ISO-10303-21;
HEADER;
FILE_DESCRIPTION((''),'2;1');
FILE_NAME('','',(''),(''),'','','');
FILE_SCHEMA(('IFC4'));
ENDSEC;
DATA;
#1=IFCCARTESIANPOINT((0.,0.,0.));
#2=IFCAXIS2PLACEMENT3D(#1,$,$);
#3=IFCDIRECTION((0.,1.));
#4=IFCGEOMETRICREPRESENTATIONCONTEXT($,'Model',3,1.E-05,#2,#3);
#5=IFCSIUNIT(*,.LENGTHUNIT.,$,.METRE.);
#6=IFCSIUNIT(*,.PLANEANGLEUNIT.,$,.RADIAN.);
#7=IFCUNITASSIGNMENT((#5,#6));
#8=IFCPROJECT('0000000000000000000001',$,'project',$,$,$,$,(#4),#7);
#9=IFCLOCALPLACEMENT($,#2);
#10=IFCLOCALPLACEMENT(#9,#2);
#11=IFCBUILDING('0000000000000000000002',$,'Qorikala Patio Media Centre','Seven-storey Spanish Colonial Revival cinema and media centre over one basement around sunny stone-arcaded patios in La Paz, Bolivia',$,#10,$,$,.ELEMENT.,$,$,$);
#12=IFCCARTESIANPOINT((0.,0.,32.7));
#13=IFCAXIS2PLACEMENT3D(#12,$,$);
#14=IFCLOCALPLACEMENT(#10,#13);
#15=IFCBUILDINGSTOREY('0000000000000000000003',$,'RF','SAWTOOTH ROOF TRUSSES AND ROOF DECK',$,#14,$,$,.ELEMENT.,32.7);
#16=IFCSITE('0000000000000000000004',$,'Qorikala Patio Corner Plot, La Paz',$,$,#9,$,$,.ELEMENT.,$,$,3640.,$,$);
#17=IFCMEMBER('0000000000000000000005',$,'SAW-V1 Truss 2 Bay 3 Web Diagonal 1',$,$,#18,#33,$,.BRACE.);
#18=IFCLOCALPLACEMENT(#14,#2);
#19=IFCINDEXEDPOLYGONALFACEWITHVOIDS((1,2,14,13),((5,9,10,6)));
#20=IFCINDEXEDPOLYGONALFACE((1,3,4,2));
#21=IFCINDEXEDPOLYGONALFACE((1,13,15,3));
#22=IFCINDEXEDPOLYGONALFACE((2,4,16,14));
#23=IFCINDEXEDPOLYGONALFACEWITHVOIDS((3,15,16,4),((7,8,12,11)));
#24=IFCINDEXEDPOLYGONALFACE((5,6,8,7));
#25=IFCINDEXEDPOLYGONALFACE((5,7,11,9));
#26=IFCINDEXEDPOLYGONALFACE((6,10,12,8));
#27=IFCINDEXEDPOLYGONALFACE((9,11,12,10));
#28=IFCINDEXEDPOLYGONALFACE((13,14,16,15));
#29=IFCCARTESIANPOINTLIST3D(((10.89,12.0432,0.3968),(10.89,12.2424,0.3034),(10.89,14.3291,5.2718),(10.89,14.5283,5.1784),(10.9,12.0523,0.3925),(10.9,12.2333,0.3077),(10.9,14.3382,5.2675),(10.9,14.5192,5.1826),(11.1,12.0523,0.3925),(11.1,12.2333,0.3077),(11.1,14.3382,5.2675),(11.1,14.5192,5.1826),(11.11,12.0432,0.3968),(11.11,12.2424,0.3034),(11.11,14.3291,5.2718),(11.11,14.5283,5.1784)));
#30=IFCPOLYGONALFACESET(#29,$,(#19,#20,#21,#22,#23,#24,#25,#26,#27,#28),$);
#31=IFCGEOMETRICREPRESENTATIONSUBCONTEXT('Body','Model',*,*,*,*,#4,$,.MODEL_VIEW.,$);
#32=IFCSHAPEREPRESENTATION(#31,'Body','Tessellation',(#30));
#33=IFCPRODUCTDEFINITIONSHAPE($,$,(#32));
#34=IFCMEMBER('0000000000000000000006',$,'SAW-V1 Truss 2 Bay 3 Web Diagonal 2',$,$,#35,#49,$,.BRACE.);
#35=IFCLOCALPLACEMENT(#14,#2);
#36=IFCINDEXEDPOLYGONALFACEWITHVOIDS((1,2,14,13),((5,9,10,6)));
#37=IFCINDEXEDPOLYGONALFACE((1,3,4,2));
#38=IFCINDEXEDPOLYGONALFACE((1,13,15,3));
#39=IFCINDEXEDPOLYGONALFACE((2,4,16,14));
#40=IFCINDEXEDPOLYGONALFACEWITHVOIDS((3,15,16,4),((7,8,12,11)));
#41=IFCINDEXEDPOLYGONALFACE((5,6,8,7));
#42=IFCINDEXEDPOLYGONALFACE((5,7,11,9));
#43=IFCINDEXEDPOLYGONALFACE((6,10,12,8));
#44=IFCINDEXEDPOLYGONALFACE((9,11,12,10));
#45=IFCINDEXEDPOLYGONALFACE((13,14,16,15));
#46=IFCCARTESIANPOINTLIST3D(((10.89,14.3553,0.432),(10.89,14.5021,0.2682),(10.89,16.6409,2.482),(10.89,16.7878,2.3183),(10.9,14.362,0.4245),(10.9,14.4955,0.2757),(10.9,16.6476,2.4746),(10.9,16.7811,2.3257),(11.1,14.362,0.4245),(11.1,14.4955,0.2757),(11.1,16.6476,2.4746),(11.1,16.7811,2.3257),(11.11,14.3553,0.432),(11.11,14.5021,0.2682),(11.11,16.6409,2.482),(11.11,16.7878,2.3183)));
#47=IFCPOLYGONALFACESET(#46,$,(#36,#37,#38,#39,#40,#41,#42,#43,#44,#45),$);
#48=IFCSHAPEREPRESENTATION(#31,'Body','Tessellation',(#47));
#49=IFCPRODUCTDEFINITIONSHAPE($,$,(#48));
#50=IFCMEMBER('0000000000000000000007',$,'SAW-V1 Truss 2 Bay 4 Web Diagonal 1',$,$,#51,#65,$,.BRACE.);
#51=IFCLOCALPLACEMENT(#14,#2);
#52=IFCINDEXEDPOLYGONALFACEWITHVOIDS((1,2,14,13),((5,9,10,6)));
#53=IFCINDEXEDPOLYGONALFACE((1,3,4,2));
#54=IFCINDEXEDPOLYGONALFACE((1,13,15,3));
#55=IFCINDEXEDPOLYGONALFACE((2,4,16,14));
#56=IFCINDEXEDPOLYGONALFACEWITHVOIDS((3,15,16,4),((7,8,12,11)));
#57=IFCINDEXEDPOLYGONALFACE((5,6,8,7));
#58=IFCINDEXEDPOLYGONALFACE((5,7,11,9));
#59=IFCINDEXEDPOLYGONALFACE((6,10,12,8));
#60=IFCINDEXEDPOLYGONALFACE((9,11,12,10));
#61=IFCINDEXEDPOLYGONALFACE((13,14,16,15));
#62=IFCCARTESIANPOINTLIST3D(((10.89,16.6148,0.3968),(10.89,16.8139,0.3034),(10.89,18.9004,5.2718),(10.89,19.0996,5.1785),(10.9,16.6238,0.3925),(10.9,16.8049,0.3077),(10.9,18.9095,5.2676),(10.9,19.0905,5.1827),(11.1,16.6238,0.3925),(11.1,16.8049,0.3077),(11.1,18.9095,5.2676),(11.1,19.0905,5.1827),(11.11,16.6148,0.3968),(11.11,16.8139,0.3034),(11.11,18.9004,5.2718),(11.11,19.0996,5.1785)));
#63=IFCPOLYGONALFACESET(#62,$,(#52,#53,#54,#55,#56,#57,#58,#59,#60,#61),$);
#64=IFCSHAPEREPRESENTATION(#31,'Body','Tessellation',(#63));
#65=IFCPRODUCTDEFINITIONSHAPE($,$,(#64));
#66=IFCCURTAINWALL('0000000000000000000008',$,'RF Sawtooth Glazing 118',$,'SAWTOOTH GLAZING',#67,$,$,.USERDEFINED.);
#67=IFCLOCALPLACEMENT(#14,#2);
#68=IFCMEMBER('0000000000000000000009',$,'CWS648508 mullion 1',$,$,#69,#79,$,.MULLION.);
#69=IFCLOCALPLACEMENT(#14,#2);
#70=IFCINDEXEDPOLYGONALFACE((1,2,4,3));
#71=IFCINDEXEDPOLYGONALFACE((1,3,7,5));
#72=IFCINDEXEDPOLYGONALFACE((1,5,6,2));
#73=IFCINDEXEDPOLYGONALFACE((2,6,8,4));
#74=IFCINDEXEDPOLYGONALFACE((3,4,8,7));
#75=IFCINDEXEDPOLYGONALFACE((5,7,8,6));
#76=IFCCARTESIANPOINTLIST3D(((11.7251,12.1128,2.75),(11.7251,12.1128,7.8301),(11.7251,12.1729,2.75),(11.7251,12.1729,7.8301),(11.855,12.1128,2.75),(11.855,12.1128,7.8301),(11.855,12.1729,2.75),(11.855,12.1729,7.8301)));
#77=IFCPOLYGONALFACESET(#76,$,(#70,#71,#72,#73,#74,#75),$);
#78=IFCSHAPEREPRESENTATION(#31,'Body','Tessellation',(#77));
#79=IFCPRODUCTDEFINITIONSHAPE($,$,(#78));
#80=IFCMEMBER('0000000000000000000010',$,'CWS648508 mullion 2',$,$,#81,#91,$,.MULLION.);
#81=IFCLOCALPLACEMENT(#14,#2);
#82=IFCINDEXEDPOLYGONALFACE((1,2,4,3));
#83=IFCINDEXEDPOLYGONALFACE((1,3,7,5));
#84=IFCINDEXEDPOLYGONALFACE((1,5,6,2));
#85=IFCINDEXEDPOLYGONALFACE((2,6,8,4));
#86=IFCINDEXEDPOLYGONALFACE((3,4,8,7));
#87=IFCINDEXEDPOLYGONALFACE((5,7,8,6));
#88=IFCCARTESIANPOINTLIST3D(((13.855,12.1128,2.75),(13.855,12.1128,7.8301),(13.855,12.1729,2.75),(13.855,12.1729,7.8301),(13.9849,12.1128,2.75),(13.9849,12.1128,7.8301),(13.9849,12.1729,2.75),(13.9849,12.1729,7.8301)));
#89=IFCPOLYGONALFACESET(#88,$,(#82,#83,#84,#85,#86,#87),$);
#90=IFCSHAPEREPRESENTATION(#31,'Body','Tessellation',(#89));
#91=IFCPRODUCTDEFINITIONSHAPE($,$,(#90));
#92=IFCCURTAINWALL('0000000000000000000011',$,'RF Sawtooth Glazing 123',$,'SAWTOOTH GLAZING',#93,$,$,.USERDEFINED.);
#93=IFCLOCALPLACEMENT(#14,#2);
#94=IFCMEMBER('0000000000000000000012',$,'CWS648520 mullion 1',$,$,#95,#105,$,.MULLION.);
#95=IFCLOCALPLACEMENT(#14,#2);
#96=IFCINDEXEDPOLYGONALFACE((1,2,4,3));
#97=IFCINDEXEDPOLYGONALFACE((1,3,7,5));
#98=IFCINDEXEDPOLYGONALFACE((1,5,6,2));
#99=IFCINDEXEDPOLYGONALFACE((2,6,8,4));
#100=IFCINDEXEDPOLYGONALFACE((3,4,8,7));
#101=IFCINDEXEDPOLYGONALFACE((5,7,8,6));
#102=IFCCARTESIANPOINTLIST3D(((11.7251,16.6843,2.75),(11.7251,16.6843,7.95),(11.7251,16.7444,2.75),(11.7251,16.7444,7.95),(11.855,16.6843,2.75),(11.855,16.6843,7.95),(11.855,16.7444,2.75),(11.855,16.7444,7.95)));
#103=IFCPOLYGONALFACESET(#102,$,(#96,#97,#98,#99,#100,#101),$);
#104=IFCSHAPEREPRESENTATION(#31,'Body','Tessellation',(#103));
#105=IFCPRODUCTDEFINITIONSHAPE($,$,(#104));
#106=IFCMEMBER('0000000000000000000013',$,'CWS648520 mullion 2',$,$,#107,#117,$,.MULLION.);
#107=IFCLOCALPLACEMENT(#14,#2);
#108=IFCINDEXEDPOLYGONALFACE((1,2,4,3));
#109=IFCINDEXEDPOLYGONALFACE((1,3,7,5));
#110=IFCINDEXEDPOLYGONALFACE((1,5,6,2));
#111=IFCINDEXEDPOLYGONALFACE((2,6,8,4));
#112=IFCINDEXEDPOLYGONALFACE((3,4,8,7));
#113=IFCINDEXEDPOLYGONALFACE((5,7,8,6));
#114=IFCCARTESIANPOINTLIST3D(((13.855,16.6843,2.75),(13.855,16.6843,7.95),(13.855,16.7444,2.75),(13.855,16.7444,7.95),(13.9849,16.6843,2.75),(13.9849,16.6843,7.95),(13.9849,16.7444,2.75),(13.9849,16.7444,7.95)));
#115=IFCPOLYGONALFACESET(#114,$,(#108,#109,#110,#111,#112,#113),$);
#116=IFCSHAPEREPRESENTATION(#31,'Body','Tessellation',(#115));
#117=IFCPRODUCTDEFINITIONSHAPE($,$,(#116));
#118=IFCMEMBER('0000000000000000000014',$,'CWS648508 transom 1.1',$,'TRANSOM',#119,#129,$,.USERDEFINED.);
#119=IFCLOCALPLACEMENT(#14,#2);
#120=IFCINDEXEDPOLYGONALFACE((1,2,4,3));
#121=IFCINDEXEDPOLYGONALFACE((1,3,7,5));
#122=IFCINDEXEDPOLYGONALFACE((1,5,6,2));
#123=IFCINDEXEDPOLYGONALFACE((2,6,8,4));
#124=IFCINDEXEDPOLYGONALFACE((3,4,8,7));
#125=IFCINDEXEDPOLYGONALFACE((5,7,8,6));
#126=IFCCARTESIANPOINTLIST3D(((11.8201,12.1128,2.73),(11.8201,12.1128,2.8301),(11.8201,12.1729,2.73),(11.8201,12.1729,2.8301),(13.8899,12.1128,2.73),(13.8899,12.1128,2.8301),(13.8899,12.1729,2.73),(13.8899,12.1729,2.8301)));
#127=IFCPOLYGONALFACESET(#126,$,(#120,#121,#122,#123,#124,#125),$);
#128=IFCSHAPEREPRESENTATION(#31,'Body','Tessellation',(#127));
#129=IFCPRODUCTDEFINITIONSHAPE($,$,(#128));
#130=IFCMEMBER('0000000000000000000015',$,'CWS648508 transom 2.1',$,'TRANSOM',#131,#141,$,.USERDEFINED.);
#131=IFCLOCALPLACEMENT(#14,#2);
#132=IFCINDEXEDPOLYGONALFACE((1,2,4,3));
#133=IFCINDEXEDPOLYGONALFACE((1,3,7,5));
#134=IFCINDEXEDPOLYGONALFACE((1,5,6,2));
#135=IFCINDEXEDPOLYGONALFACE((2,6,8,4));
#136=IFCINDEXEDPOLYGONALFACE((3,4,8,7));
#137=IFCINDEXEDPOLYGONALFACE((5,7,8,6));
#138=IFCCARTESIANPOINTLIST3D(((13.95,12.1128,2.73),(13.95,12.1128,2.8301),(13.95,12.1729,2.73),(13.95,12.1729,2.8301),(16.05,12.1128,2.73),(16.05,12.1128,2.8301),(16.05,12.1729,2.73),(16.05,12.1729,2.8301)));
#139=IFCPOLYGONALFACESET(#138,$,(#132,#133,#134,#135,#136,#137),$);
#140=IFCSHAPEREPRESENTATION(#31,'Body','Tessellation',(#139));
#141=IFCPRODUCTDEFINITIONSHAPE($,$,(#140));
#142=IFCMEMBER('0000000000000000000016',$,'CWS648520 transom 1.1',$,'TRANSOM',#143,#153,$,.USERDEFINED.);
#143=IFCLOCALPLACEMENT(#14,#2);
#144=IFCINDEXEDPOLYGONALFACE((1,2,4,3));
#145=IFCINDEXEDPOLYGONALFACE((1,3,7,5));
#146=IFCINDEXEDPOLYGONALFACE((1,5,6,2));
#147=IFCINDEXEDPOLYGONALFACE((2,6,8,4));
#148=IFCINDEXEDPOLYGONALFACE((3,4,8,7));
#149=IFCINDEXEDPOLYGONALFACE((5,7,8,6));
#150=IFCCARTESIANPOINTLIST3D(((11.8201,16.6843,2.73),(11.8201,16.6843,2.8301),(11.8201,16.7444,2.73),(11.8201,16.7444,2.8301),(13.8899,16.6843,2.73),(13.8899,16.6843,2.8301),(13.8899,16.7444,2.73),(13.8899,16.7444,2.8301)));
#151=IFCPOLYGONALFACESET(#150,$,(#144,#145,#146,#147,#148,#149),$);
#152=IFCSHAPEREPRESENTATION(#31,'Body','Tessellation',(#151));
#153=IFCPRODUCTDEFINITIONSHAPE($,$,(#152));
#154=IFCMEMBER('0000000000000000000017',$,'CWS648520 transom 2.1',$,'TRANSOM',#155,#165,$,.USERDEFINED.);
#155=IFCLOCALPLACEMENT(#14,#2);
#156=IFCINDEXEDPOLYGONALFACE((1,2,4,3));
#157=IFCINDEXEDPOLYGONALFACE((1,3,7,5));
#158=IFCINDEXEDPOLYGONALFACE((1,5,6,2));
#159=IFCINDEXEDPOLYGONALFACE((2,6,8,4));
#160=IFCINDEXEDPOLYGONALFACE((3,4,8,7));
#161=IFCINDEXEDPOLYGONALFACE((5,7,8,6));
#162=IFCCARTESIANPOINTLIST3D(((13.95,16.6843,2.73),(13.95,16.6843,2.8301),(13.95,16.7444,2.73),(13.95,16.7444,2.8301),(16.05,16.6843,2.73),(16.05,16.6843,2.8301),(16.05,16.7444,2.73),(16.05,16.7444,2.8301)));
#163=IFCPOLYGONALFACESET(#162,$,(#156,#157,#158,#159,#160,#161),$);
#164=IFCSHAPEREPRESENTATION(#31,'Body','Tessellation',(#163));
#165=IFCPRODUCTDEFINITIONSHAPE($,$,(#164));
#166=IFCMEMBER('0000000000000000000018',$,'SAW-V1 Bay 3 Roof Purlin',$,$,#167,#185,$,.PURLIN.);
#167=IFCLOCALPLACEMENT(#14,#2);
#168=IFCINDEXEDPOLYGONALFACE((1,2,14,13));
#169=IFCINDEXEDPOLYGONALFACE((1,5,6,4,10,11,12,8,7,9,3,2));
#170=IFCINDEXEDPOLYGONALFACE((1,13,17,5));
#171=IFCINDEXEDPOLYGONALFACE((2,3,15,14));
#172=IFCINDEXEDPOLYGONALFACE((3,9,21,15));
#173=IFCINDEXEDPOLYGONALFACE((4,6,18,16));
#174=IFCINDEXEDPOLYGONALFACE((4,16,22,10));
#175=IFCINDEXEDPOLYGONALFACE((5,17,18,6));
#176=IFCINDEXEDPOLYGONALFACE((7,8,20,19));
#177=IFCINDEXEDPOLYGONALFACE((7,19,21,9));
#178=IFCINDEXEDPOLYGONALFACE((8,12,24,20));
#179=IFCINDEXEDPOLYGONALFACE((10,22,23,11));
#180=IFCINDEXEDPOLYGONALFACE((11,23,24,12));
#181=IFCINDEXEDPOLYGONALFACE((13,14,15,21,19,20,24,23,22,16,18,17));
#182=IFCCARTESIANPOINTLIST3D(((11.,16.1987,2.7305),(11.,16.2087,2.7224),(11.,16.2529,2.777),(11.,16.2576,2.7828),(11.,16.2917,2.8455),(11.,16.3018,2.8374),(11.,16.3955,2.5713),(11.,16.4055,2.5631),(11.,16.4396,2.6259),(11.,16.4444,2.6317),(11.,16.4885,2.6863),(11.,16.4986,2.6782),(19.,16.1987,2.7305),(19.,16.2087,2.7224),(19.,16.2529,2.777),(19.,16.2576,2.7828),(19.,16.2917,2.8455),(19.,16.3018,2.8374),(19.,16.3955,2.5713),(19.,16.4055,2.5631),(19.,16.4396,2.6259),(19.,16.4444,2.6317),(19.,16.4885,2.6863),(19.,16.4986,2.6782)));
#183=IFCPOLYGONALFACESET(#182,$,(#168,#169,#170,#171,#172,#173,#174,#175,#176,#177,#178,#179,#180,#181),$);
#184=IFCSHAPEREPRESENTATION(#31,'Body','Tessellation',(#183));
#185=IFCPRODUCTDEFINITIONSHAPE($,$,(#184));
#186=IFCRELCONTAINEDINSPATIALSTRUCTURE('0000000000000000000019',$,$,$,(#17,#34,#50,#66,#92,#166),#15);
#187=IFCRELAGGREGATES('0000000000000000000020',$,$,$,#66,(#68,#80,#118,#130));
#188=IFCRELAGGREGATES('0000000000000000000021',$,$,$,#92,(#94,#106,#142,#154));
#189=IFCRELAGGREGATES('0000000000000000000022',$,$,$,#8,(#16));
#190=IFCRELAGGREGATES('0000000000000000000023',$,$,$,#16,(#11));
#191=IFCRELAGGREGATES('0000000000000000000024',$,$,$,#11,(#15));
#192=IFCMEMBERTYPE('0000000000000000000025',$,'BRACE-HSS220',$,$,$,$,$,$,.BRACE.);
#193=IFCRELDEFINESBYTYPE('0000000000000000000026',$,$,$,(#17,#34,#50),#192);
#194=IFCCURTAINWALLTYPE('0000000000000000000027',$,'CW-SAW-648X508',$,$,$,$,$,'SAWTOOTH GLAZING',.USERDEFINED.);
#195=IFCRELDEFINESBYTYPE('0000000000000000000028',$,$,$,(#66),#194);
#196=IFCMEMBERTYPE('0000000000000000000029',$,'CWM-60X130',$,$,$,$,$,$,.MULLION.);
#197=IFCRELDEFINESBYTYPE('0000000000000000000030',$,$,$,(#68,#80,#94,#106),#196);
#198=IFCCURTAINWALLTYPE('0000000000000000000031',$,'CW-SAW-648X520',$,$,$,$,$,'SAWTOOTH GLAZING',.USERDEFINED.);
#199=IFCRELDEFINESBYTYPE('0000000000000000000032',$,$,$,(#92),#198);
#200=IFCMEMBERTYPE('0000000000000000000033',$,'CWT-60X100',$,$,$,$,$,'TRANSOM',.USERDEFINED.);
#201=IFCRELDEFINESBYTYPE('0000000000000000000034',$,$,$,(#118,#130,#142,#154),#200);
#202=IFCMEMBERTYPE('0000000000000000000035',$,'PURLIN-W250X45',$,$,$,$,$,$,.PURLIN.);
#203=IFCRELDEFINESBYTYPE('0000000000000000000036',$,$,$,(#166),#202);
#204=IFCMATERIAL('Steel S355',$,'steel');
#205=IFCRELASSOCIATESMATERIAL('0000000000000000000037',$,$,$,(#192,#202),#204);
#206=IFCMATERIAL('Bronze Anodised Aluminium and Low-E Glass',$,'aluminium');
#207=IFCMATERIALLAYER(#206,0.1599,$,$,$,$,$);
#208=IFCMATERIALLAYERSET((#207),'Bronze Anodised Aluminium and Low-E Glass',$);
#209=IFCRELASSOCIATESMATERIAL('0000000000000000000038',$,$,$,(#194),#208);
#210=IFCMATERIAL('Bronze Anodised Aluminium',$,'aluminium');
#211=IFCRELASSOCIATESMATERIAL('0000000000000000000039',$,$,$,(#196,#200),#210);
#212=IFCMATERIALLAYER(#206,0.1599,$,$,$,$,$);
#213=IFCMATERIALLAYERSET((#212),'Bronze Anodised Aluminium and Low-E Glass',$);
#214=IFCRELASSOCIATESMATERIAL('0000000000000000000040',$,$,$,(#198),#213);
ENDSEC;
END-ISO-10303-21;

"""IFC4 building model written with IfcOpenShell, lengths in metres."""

from ifc_helpers import new_model, si_unit, direction, frame, origin, origin_2d, place, context, subcontext, project, spatial, rectangle, hollow_rectangle, i_section, extrude, material, layer, layer_set, material_profile, profile_set, type_object, element, aggregate, save


model = new_model("IFC4")

# Units and contexts
model_context = context("Model", 3, precision=1e-05, world=origin(), true_north=direction((0.0, 1.0)))
body_context = subcontext(model_context, "Body", "Model", "MODEL_VIEW")
ifc_project = project(units=[si_unit("LENGTHUNIT", "METRE"), si_unit("PLANEANGLEUNIT", "RADIAN")], contexts=[model_context])

# Site, building, storey
site_placement = place(None, origin())
site = spatial("IfcSite", under=ifc_project, at=site_placement, Name="Qorikala Patio Corner Plot, La Paz", CompositionType="ELEMENT", RefElevation=3640.0)
building_placement = place(site_placement, origin())
building = spatial("IfcBuilding", under=site, at=building_placement, Name="Qorikala Patio Media Centre", Description="Seven-storey Spanish Colonial Revival cinema and media centre over one basement around sunny stone-arcaded patios in La Paz, Bolivia", CompositionType="ELEMENT")
storey_placement = place(building_placement, frame((0.0, 0.0, 32.7)))
storey = spatial("IfcBuildingStorey", under=building, at=storey_placement, Name="RF", Description="SAWTOOTH ROOF TRUSSES AND ROOF DECK", CompositionType="ELEMENT", Elevation=32.7)

# Members
ifc_material_1 = material(Name="Steel S355", Category="steel")
ifc_material_profile_1 = material_profile(ifc_material_1, hollow_rectangle(XDim=0.22, YDim=0.22, WallThickness=0.01, at=origin_2d()), Name="HSS220X220X10")
ifc_profile_set_1 = profile_set([ifc_material_profile_1], Name="Steel S355")
member_type_1 = type_object("IfcMemberType", Name="BRACE-HSS220", PredefinedType="BRACE", material=ifc_profile_set_1)
member_1_placement = place(storey_placement, frame((11.0, 12.1428, 0.3501), z_axis=(0.0, 0.424545, 0.905407), x_axis=(-1.0, 0.0, 0.0)))
element("IfcMember", 1, at=member_1_placement, inside=storey, type_object=member_type_1, Name="SAW-V1 Truss 2 Bay 3 Web Diagonal 1", PredefinedType="BRACE", context=body_context, shape_type="SweptSolid", body=[
    extrude(hollow_rectangle(XDim=0.22, YDim=0.22, WallThickness=0.01, at=origin_2d()), origin(), (0.0, 0.0, 1.0), 5.3843),
])
member_2_placement = place(storey_placement, frame((11.0, 14.4287, 0.3501), z_axis=(0.0, 0.744432, 0.667699), x_axis=(-1.0, 0.0, 0.0)))
element("IfcMember", 2, at=member_2_placement, inside=storey, type_object=member_type_1, Name="SAW-V1 Truss 2 Bay 3 Web Diagonal 2", PredefinedType="BRACE", context=body_context, shape_type="SweptSolid", body=[
    extrude(hollow_rectangle(XDim=0.22, YDim=0.22, WallThickness=0.01, at=origin_2d()), origin(), (0.0, 0.0, 1.0), 3.0703),
])
member_3_placement = place(storey_placement, frame((11.0, 16.7144, 0.3501), z_axis=(0.0, 0.424508, 0.905424), x_axis=(-1.0, 0.0, 0.0)))
element("IfcMember", 3, at=member_3_placement, inside=storey, type_object=member_type_1, Name="SAW-V1 Truss 2 Bay 4 Web Diagonal 1", PredefinedType="BRACE", context=body_context, shape_type="SweptSolid", body=[
    extrude(hollow_rectangle(XDim=0.22, YDim=0.22, WallThickness=0.01, at=origin_2d()), origin(), (0.0, 0.0, 1.0), 5.3843),
])

# Curtain walls, members
ifc_material_2 = material(Name="Bronze Anodised Aluminium and Low-E Glass", Category="aluminium")
ifc_layer_1 = layer(ifc_material_2, 0.1599)
ifc_layer_set_1 = layer_set([ifc_layer_1], Name="Bronze Anodised Aluminium and Low-E Glass")
curtain_wall_type_1 = type_object("IfcCurtainWallType", Name="CW-SAW-648X508", ElementType="SAWTOOTH GLAZING", PredefinedType="USERDEFINED", material=ifc_layer_set_1)
curtain_wall_1_placement = place(storey_placement, origin())
curtain_wall_1 = element("IfcCurtainWall", 4, at=curtain_wall_1_placement, inside=storey, type_object=curtain_wall_type_1, Name="RF Sawtooth Glazing 118", ObjectType="SAWTOOTH GLAZING", PredefinedType="USERDEFINED")
ifc_material_3 = material(Name="Bronze Anodised Aluminium", Category="aluminium")
ifc_material_profile_2 = material_profile(ifc_material_3, rectangle(XDim=0.0601, YDim=0.1299, at=origin_2d()), Name="ALU MULLION 60x130")
ifc_profile_set_2 = profile_set([ifc_material_profile_2], Name="Bronze Anodised Aluminium")
member_type_2 = type_object("IfcMemberType", Name="CWM-60X130", PredefinedType="MULLION", material=ifc_profile_set_2)
member_4_placement = place(storey_placement, frame((11.79, 12.1428, 2.75), z_axis=(0.0, 0.0, 1.0), x_axis=(0.0, 1.0, 0.0)))
member_4 = element("IfcMember", 5, at=member_4_placement, type_object=member_type_2, Name="CWS648508 mullion 1", PredefinedType="MULLION", context=body_context, shape_type="SweptSolid", body=[
    extrude(rectangle(XDim=0.0601, YDim=0.1299, at=origin_2d()), origin(), (0.0, 0.0, 1.0), 5.0801),
])
member_5_placement = place(storey_placement, frame((13.9199, 12.1428, 2.75), z_axis=(0.0, 0.0, 1.0), x_axis=(0.0, 1.0, 0.0)))
member_5 = element("IfcMember", 6, at=member_5_placement, type_object=member_type_2, Name="CWS648508 mullion 2", PredefinedType="MULLION", context=body_context, shape_type="SweptSolid", body=[
    extrude(rectangle(XDim=0.0601, YDim=0.1299, at=origin_2d()), origin(), (0.0, 0.0, 1.0), 5.0801),
])
ifc_layer_2 = layer(ifc_material_2, 0.1599)
ifc_layer_set_2 = layer_set([ifc_layer_2], Name="Bronze Anodised Aluminium and Low-E Glass")
curtain_wall_type_2 = type_object("IfcCurtainWallType", Name="CW-SAW-648X520", ElementType="SAWTOOTH GLAZING", PredefinedType="USERDEFINED", material=ifc_layer_set_2)
curtain_wall_2_placement = place(storey_placement, origin())
curtain_wall_2 = element("IfcCurtainWall", 7, at=curtain_wall_2_placement, inside=storey, type_object=curtain_wall_type_2, Name="RF Sawtooth Glazing 123", ObjectType="SAWTOOTH GLAZING", PredefinedType="USERDEFINED")
member_6_placement = place(storey_placement, frame((11.79, 16.7144, 2.75), z_axis=(0.0, 0.0, 1.0), x_axis=(0.0, 1.0, 0.0)))
member_6 = element("IfcMember", 8, at=member_6_placement, type_object=member_type_2, Name="CWS648520 mullion 1", PredefinedType="MULLION", context=body_context, shape_type="SweptSolid", body=[
    extrude(rectangle(XDim=0.0601, YDim=0.1299, at=origin_2d()), origin(), (0.0, 0.0, 1.0), 5.2),
])
member_7_placement = place(storey_placement, frame((13.9199, 16.7144, 2.75), z_axis=(0.0, 0.0, 1.0), x_axis=(0.0, 1.0, 0.0)))
member_7 = element("IfcMember", 9, at=member_7_placement, type_object=member_type_2, Name="CWS648520 mullion 2", PredefinedType="MULLION", context=body_context, shape_type="SweptSolid", body=[
    extrude(rectangle(XDim=0.0601, YDim=0.1299, at=origin_2d()), origin(), (0.0, 0.0, 1.0), 5.2),
])

# Members
ifc_material_profile_3 = material_profile(ifc_material_3, rectangle(XDim=0.0601, YDim=0.1001, at=origin_2d()), Name="ALU TRANSOM 60x100")
ifc_profile_set_3 = profile_set([ifc_material_profile_3], Name="Bronze Anodised Aluminium")
member_type_3 = type_object("IfcMemberType", Name="CWT-60X100", ElementType="TRANSOM", PredefinedType="USERDEFINED", material=ifc_profile_set_3)
member_8_placement = place(storey_placement, frame((11.8201, 12.1428, 2.78), z_axis=(1.0, 0.0, 0.0), x_axis=(0.0, 1.0, 0.0)))
member_8 = element("IfcMember", 10, at=member_8_placement, type_object=member_type_3, Name="CWS648508 transom 1.1", ObjectType="TRANSOM", PredefinedType="USERDEFINED", context=body_context, shape_type="SweptSolid", body=[
    extrude(rectangle(XDim=0.0601, YDim=0.1001, at=origin_2d()), origin(), (0.0, 0.0, 1.0), 2.0698),
])
member_9_placement = place(storey_placement, frame((13.95, 12.1428, 2.78), z_axis=(1.0, 0.0, 0.0), x_axis=(0.0, 1.0, 0.0)))
member_9 = element("IfcMember", 11, at=member_9_placement, type_object=member_type_3, Name="CWS648508 transom 2.1", ObjectType="TRANSOM", PredefinedType="USERDEFINED", context=body_context, shape_type="SweptSolid", body=[
    extrude(rectangle(XDim=0.0601, YDim=0.1001, at=origin_2d()), origin(), (0.0, 0.0, 1.0), 2.1001),
])
member_10_placement = place(storey_placement, frame((11.8201, 16.7144, 2.78), z_axis=(1.0, 0.0, 0.0), x_axis=(0.0, 1.0, 0.0)))
member_10 = element("IfcMember", 12, at=member_10_placement, type_object=member_type_3, Name="CWS648520 transom 1.1", ObjectType="TRANSOM", PredefinedType="USERDEFINED", context=body_context, shape_type="SweptSolid", body=[
    extrude(rectangle(XDim=0.0601, YDim=0.1001, at=origin_2d()), origin(), (0.0, 0.0, 1.0), 2.0698),
])
member_11_placement = place(storey_placement, frame((13.95, 16.7144, 2.78), z_axis=(1.0, 0.0, 0.0), x_axis=(0.0, 1.0, 0.0)))
member_11 = element("IfcMember", 13, at=member_11_placement, type_object=member_type_3, Name="CWS648520 transom 2.1", ObjectType="TRANSOM", PredefinedType="USERDEFINED", context=body_context, shape_type="SweptSolid", body=[
    extrude(rectangle(XDim=0.0601, YDim=0.1001, at=origin_2d()), origin(), (0.0, 0.0, 1.0), 2.1001),
])
ifc_material_profile_4 = material_profile(ifc_material_1, i_section(OverallWidth=0.1479, OverallDepth=0.2661, WebThickness=0.0076, FlangeThickness=0.0129, at=origin_2d()), Name="W250X45")
ifc_profile_set_4 = profile_set([ifc_material_profile_4], Name="Steel S355")
member_type_4 = type_object("IfcMemberType", Name="PURLIN-W250X45", PredefinedType="PURLIN", material=ifc_profile_set_4)
member_12_placement = place(storey_placement, frame((11.0, 16.3486, 2.7043), z_axis=(1.0, 0.0, 0.0), x_axis=(0.0, 0.628995, 0.77741)))
element("IfcMember", 14, at=member_12_placement, inside=storey, type_object=member_type_4, Name="SAW-V1 Bay 3 Roof Purlin", PredefinedType="PURLIN", context=body_context, shape_type="SweptSolid", body=[
    extrude(i_section(OverallWidth=0.1479, OverallDepth=0.2661, WebThickness=0.0076, FlangeThickness=0.0129, at=origin_2d()), origin(), (0.0, 0.0, 1.0), 8.0),
])

aggregate(curtain_wall_1, [member_4, member_5, member_8, member_9])
aggregate(curtain_wall_2, [member_6, member_7, member_10, member_11])

save(model, "model.ifc")
